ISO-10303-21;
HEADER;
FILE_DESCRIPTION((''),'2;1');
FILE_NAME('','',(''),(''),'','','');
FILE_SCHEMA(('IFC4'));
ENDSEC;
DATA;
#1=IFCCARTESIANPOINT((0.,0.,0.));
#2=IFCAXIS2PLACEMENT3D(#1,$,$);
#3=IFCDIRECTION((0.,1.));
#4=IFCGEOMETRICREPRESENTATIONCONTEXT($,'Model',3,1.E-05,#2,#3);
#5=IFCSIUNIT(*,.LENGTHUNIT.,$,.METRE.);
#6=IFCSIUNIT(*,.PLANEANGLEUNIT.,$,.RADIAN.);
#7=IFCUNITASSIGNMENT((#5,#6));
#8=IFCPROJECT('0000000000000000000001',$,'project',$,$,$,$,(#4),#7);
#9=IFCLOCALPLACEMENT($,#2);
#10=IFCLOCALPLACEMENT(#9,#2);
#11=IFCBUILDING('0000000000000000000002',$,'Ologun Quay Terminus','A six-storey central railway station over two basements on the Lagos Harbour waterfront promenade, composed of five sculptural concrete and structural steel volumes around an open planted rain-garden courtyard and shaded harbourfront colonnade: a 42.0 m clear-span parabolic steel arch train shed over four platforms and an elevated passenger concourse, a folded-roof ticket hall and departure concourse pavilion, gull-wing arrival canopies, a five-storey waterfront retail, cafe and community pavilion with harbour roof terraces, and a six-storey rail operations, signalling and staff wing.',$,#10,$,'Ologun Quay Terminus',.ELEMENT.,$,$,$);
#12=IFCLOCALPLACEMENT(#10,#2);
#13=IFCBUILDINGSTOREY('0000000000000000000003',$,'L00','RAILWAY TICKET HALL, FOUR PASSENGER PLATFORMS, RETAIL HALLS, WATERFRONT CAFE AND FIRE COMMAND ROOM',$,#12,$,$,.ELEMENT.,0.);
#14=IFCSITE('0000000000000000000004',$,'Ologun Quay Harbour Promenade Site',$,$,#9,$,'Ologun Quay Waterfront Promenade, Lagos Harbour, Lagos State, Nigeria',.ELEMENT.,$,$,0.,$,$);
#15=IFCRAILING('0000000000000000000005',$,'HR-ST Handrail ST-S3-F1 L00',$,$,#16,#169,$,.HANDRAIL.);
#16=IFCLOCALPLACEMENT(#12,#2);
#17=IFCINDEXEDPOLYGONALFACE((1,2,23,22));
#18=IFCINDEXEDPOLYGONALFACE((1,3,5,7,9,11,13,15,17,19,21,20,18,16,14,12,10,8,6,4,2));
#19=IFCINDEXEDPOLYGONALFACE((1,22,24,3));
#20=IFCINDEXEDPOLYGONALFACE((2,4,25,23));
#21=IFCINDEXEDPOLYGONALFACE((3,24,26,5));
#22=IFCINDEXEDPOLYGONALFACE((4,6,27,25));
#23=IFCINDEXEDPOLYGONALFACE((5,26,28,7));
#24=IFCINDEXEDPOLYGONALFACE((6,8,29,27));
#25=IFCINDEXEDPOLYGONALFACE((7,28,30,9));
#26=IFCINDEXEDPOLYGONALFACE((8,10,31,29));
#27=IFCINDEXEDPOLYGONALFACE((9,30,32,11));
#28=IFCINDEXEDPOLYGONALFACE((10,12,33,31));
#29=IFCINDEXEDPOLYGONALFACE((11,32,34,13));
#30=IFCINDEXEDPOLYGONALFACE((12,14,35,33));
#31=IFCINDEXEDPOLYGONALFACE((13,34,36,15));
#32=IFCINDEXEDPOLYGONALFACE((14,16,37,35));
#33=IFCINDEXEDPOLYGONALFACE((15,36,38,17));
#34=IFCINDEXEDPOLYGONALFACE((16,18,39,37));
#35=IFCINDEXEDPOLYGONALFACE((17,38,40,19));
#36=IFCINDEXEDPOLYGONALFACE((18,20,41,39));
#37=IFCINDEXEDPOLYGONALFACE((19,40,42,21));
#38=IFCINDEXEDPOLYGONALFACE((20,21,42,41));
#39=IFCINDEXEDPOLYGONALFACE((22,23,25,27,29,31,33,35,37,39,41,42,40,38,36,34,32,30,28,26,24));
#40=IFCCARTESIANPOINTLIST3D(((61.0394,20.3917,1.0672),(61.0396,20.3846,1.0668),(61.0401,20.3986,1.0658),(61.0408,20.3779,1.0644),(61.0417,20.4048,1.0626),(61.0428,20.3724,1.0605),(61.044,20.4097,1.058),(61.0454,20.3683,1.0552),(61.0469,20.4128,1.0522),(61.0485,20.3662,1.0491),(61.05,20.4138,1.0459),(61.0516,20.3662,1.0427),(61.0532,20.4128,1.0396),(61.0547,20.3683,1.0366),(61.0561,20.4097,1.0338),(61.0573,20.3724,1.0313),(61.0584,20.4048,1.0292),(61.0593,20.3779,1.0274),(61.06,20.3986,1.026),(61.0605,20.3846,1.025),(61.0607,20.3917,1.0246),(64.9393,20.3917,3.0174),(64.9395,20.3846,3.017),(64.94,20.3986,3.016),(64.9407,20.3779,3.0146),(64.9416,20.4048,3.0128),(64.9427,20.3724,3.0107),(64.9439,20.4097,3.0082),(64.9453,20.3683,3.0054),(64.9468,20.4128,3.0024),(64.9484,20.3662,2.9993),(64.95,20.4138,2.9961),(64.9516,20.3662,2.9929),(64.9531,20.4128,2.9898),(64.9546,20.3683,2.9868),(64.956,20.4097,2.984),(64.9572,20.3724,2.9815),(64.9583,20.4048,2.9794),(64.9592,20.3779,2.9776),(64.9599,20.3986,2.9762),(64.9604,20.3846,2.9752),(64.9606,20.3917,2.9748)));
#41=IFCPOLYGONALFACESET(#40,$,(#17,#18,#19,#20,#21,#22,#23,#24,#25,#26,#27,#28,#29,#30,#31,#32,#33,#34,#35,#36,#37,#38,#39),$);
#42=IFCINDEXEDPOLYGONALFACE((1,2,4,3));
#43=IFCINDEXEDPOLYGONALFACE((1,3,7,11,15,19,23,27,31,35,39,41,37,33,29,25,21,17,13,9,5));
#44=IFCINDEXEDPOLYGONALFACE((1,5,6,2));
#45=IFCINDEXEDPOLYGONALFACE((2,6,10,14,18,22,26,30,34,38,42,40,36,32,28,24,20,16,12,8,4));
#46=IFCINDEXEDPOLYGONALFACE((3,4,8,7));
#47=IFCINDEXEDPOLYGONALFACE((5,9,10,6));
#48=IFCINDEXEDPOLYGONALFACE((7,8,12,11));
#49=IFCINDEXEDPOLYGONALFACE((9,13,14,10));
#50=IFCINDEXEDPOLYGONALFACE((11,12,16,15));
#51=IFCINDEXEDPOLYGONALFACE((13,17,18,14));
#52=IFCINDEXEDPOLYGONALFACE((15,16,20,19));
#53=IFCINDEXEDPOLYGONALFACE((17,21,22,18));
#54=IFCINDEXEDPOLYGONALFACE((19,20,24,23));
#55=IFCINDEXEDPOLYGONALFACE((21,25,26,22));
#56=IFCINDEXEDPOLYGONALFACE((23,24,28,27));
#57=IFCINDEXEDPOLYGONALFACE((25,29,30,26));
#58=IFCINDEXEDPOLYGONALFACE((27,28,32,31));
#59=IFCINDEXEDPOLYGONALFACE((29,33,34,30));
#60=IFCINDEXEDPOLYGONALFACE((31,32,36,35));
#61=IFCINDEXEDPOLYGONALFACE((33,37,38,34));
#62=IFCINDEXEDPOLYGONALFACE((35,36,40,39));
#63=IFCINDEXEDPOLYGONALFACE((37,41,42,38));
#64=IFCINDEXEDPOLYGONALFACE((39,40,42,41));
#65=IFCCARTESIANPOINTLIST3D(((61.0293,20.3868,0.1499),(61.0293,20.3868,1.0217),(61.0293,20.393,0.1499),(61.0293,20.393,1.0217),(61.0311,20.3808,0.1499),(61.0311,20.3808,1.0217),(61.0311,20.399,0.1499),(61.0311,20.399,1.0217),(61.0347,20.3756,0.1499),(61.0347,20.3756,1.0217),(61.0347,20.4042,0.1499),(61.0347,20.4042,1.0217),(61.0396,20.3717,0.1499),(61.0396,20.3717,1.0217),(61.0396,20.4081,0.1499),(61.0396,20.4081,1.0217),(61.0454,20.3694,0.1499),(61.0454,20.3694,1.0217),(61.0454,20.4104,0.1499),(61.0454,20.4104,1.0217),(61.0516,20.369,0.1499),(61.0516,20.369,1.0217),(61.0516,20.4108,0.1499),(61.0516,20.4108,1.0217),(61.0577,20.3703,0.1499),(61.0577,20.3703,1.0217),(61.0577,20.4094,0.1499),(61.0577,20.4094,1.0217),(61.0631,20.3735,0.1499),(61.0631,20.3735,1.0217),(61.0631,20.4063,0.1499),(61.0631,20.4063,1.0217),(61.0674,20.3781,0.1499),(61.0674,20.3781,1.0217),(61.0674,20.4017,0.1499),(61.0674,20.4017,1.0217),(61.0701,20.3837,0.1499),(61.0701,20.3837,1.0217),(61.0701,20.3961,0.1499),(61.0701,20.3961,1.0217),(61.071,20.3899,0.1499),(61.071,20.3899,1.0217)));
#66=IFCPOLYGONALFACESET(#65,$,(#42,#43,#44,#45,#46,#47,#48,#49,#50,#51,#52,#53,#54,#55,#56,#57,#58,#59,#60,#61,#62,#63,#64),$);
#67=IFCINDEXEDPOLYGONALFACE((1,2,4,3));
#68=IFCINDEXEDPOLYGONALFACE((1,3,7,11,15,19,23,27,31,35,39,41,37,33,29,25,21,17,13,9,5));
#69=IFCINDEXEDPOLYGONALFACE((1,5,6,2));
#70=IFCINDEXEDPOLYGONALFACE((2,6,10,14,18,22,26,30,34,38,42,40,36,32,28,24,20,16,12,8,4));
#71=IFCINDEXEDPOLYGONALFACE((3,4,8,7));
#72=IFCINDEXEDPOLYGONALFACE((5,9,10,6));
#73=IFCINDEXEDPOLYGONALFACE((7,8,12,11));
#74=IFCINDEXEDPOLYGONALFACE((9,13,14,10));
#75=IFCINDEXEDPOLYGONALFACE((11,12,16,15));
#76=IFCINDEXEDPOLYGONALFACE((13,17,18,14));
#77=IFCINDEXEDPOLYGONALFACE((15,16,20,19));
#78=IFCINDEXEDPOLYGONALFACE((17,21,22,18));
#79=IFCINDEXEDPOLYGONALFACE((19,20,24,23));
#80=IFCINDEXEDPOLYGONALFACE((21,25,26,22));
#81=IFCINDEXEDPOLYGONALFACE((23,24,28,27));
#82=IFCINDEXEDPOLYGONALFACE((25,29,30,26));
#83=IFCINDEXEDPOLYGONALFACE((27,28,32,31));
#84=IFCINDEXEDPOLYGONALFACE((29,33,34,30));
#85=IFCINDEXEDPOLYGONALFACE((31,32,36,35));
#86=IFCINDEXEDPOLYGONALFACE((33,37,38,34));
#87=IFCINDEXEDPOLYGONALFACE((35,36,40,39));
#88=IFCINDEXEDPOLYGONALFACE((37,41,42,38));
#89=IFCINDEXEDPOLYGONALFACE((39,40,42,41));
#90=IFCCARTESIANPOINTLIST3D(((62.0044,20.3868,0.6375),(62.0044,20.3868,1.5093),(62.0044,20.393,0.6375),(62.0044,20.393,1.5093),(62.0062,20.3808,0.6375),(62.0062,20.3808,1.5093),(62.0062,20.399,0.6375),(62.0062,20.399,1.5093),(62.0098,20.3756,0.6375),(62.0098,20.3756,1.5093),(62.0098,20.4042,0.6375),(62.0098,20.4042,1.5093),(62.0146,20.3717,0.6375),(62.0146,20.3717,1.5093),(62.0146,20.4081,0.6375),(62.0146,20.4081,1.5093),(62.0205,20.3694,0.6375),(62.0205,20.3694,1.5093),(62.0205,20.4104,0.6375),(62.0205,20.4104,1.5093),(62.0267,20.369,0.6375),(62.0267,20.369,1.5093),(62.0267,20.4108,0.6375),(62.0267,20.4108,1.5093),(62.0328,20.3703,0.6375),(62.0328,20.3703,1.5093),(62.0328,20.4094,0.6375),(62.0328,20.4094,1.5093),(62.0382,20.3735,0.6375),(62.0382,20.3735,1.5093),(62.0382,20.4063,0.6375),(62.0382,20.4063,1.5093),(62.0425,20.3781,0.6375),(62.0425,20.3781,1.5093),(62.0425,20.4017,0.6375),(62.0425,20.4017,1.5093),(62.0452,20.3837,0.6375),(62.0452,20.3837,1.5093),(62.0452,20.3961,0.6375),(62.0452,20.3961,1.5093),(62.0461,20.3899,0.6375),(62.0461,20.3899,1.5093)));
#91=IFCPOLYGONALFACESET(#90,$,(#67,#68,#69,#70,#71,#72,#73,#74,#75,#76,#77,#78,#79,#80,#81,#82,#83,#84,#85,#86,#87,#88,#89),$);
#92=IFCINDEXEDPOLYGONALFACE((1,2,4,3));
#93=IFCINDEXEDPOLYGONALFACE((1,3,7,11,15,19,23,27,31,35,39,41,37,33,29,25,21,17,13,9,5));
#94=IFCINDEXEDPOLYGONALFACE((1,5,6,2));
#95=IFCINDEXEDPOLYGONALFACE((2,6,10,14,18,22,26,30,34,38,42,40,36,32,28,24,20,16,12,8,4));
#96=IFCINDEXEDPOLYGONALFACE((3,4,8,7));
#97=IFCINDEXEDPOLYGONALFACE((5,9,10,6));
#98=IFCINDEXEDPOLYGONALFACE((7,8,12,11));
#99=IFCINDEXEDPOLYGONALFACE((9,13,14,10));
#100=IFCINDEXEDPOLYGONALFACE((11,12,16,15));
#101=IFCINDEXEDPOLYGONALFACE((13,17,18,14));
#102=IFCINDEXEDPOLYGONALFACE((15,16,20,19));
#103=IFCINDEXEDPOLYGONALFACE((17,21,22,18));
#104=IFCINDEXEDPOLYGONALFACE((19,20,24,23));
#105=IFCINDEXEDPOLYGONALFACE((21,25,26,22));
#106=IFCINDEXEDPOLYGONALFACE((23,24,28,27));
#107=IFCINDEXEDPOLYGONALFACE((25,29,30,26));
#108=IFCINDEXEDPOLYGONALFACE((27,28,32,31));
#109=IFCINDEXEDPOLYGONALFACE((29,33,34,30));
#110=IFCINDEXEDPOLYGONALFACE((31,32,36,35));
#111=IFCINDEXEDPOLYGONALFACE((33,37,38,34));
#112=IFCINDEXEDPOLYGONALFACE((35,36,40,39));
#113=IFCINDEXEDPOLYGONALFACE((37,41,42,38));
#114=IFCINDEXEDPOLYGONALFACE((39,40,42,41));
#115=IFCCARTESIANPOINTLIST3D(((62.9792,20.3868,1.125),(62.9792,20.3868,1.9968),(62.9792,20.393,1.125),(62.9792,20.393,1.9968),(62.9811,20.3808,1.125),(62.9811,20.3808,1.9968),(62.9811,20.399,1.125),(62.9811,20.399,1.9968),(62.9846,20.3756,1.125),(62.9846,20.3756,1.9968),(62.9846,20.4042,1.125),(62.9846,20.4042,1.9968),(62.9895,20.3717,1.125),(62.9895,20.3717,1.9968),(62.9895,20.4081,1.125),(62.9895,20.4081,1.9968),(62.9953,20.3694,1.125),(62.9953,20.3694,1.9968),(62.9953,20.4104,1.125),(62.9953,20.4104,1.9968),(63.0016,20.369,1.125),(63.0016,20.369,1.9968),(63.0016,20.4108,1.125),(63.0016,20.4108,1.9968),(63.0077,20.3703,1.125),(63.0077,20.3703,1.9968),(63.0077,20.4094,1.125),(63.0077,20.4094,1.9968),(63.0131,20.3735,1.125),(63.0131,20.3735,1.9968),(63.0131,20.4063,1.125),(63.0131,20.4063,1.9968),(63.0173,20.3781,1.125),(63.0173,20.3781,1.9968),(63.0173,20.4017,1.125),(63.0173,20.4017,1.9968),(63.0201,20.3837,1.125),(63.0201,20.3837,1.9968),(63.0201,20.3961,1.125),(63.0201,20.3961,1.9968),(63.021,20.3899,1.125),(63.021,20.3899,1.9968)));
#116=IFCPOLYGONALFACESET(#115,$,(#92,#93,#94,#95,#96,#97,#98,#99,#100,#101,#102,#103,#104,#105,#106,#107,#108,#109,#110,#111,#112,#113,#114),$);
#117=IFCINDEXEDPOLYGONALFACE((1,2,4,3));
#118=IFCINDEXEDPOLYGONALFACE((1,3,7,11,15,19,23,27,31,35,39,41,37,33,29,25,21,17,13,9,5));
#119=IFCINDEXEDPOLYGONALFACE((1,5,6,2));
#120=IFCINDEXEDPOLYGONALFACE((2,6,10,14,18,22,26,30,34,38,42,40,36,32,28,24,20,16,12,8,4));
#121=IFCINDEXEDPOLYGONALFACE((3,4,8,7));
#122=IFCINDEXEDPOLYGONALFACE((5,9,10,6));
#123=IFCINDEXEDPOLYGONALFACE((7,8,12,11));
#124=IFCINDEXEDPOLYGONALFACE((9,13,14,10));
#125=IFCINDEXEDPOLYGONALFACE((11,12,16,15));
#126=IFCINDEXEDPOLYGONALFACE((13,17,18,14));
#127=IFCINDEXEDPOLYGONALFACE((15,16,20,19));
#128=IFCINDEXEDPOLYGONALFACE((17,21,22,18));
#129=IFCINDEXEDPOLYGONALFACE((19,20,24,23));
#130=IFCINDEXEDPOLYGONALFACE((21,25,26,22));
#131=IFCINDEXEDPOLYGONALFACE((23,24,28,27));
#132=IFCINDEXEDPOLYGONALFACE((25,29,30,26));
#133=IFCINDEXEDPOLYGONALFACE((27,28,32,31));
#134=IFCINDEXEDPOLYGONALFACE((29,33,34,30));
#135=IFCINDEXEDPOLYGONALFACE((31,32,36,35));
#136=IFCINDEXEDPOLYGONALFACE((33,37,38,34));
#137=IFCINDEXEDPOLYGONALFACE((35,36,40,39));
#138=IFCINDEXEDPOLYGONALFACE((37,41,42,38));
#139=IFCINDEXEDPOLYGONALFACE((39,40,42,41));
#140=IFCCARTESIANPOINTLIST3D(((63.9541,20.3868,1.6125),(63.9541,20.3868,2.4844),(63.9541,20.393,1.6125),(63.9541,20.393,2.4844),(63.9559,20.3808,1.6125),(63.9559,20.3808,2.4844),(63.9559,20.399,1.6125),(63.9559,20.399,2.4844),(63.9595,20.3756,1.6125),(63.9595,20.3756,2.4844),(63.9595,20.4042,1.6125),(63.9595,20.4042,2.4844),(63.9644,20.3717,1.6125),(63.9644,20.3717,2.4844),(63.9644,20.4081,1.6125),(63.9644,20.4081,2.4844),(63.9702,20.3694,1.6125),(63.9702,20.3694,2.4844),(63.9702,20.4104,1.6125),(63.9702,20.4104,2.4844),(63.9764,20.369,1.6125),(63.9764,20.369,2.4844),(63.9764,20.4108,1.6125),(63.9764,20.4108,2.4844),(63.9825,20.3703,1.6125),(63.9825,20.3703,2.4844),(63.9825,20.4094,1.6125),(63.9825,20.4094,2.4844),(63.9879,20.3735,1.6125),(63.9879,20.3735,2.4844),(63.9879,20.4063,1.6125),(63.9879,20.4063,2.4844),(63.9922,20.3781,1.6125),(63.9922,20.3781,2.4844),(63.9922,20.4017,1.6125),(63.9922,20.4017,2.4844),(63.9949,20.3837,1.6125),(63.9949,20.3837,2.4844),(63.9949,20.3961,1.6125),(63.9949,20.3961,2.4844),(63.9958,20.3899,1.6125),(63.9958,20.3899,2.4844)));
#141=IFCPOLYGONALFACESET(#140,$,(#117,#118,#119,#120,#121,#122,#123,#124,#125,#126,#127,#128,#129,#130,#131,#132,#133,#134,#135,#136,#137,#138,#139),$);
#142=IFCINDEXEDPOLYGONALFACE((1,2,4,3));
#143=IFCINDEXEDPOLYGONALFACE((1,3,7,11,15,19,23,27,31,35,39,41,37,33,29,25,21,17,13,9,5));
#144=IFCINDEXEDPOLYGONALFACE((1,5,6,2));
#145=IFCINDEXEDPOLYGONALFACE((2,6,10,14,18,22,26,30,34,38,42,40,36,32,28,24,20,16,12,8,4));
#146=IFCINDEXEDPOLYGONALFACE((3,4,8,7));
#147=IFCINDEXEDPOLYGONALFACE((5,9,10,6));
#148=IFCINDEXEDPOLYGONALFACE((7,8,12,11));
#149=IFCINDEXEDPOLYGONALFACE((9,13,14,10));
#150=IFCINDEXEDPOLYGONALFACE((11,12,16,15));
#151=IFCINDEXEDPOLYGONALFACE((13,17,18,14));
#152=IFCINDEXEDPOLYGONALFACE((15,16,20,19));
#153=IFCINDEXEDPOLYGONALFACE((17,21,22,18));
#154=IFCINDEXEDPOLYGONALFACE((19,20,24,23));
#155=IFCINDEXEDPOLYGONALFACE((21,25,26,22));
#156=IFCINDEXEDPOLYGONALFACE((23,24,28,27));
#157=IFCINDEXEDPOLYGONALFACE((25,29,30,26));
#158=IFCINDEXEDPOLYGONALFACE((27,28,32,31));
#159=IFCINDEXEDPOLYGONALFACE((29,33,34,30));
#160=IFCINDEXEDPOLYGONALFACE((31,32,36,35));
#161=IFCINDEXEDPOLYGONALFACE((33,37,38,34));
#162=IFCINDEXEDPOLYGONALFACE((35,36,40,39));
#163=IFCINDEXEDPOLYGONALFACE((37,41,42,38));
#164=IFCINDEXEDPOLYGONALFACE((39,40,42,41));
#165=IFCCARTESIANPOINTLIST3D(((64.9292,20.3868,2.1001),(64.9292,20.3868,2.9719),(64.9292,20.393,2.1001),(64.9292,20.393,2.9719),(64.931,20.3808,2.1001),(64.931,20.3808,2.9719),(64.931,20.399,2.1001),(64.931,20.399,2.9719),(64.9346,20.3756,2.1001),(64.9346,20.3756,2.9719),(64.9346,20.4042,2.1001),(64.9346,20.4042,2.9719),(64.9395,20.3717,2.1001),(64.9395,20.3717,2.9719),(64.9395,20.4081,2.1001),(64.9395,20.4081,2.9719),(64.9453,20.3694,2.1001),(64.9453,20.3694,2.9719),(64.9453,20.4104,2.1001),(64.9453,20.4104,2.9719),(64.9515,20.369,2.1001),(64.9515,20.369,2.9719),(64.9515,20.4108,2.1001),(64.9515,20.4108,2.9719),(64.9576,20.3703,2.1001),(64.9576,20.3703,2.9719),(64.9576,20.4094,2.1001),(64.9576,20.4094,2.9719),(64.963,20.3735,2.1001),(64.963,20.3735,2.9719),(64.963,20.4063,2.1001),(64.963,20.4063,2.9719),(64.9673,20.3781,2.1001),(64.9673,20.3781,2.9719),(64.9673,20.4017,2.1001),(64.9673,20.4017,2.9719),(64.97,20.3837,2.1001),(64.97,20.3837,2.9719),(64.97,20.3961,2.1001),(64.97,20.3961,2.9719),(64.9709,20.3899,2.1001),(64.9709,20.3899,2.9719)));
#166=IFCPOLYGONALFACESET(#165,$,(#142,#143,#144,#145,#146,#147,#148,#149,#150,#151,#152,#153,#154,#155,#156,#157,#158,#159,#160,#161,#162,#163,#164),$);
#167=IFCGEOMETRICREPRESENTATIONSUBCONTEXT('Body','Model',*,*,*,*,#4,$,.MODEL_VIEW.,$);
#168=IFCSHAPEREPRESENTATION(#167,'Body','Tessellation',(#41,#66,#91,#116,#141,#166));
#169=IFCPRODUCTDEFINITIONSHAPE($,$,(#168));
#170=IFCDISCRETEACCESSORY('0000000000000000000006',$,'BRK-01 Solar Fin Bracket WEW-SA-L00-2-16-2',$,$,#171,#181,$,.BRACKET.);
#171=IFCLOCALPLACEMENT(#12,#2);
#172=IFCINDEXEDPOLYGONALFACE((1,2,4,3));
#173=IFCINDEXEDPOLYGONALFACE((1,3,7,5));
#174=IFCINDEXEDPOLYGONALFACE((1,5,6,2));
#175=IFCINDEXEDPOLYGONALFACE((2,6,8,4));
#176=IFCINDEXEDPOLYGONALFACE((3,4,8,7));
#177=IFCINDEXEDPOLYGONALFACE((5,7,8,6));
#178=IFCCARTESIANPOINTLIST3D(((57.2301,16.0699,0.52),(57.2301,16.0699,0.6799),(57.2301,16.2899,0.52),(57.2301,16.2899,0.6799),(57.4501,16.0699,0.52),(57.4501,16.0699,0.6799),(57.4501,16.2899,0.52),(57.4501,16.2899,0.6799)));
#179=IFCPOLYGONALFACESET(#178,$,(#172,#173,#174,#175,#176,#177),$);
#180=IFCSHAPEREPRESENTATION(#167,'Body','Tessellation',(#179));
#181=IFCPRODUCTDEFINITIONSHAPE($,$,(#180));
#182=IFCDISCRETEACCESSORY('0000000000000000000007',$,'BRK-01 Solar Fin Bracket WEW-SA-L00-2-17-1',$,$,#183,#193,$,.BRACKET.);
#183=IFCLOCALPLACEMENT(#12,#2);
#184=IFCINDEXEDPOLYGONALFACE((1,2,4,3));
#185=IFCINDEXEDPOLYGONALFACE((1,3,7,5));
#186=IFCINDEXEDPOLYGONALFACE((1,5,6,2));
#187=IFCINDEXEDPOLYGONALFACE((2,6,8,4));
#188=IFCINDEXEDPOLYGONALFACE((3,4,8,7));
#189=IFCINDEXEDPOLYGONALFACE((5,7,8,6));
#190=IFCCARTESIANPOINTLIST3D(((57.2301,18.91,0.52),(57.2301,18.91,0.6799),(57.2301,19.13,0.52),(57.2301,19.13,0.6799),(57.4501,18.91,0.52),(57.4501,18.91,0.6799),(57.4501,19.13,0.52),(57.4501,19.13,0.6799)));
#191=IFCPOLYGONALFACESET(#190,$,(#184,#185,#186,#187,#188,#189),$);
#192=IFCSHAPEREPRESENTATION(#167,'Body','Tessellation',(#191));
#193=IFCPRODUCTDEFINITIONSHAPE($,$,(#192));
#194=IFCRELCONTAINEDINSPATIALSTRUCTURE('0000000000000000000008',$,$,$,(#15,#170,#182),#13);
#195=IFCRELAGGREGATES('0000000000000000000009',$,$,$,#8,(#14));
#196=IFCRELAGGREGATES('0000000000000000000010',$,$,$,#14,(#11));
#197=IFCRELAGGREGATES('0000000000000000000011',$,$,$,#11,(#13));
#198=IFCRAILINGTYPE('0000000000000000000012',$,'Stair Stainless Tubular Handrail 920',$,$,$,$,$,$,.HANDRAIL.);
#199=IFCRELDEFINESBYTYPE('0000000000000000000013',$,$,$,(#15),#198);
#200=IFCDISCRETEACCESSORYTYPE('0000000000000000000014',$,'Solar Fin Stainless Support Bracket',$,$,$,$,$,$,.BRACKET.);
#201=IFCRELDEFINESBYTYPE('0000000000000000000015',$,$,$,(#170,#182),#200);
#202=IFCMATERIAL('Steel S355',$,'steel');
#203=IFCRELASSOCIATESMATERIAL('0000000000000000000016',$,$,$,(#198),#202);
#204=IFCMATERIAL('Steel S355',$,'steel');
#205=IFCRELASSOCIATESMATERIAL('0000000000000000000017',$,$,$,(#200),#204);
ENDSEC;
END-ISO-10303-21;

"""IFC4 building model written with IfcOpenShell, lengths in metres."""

from ifc_helpers import new_model, si_unit, direction, frame, origin, origin_2d, place, context, subcontext, project, spatial, rectangle, circle, extrude, material, type_object, element, save


model = new_model("IFC4")

# Units and contexts
model_context = context("Model", 3, precision=1e-05, world=origin(), true_north=direction((0.0, 1.0)))
body_context = subcontext(model_context, "Body", "Model", "MODEL_VIEW")
ifc_project = project(units=[si_unit("LENGTHUNIT", "METRE"), si_unit("PLANEANGLEUNIT", "RADIAN")], contexts=[model_context])

# Site, building, storey
site_placement = place(None, origin())
site = spatial("IfcSite", under=ifc_project, at=site_placement, Name="Ologun Quay Harbour Promenade Site", LongName="Ologun Quay Waterfront Promenade, Lagos Harbour, Lagos State, Nigeria", CompositionType="ELEMENT", RefElevation=0.0)
building_placement = place(site_placement, origin())
building = spatial("IfcBuilding", under=site, at=building_placement, Name="Ologun Quay Terminus", Description="A six-storey central railway station over two basements on the Lagos Harbour waterfront promenade, composed of five sculptural concrete and structural steel volumes around an open planted rain-garden courtyard and shaded harbourfront colonnade: a 42.0 m clear-span parabolic steel arch train shed over four platforms and an elevated passenger concourse, a folded-roof ticket hall and departure concourse pavilion, gull-wing arrival canopies, a five-storey waterfront retail, cafe and community pavilion with harbour roof terraces, and a six-storey rail operations, signalling and staff wing.", LongName="Ologun Quay Terminus", CompositionType="ELEMENT")
storey_placement = place(building_placement, origin())
storey = spatial("IfcBuildingStorey", under=building, at=storey_placement, Name="L00", Description="RAILWAY TICKET HALL, FOUR PASSENGER PLATFORMS, RETAIL HALLS, WATERFRONT CAFE AND FIRE COMMAND ROOM", CompositionType="ELEMENT", Elevation=0.0)

# Railing
ifc_material_1 = material(Name="Steel S355", Category="steel")
railing_type_1 = type_object("IfcRailingType", Name="Stair Stainless Tubular Handrail 920", PredefinedType="HANDRAIL", material=ifc_material_1)
railing_1_placement = place(storey_placement, frame((61.05, 20.3899, 0.1499)))
element("IfcRailing", 1, at=railing_1_placement, inside=storey, type_object=railing_type_1, Name="HR-ST Handrail ST-S3-F1 L00", PredefinedType="HANDRAIL", context=body_context, shape_type="SweptSolid", body=[
    extrude(circle(Radius=0.0239, at=origin_2d()), frame((0.0, 0.0, 0.896), z_axis=(0.894405, 0.0, 0.447258), x_axis=(0.0, 1.0, 0.0)), (0.0, 0.0, 1.0), 4.3604),
    extrude(circle(Radius=0.021, at=origin_2d()), origin(), (0.0, 0.0, 1.0), 0.8718),
    extrude(circle(Radius=0.021, at=origin_2d()), frame((0.9751, 0.0, 0.4875)), (0.0, 0.0, 1.0), 0.8718),
    extrude(circle(Radius=0.021, at=origin_2d()), frame((1.95, 0.0, 0.9751)), (0.0, 0.0, 1.0), 0.8718),
    extrude(circle(Radius=0.021, at=origin_2d()), frame((2.9248, 0.0, 1.4626)), (0.0, 0.0, 1.0), 0.8718),
    extrude(circle(Radius=0.021, at=origin_2d()), frame((3.8999, 0.0, 1.9502)), (0.0, 0.0, 1.0), 0.8718),
])

# Discrete accessories
ifc_material_2 = material(Name="Steel S355", Category="steel")
discrete_accessory_type = type_object("IfcDiscreteAccessoryType", Name="Solar Fin Stainless Support Bracket", PredefinedType="BRACKET", material=ifc_material_2)
for number, where, z_axis, x_axis, name in (
    (2, (57.3401, 16.1799, 0.52), (0.0, 0.0, 1.0), (1.0, 0.0, 0.0), "BRK-01 Solar Fin Bracket WEW-SA-L00-2-16-2"),
    (3, (57.3401, 19.02, 0.52), (0.0, 0.0, 1.0), (1.0, 0.0, 0.0), "BRK-01 Solar Fin Bracket WEW-SA-L00-2-17-1"),
):
    element("IfcDiscreteAccessory", number, at=place(storey_placement, frame(where, z_axis=z_axis, x_axis=x_axis)), inside=storey, type_object=discrete_accessory_type, Name=name, PredefinedType="BRACKET", context=body_context, shape_type="SweptSolid", body=[
        extrude(rectangle(XDim=0.22, YDim=0.22, at=origin_2d()), origin(), (0.0, 0.0, 1.0), 0.1599),
    ])

save(model, "model.ifc")
